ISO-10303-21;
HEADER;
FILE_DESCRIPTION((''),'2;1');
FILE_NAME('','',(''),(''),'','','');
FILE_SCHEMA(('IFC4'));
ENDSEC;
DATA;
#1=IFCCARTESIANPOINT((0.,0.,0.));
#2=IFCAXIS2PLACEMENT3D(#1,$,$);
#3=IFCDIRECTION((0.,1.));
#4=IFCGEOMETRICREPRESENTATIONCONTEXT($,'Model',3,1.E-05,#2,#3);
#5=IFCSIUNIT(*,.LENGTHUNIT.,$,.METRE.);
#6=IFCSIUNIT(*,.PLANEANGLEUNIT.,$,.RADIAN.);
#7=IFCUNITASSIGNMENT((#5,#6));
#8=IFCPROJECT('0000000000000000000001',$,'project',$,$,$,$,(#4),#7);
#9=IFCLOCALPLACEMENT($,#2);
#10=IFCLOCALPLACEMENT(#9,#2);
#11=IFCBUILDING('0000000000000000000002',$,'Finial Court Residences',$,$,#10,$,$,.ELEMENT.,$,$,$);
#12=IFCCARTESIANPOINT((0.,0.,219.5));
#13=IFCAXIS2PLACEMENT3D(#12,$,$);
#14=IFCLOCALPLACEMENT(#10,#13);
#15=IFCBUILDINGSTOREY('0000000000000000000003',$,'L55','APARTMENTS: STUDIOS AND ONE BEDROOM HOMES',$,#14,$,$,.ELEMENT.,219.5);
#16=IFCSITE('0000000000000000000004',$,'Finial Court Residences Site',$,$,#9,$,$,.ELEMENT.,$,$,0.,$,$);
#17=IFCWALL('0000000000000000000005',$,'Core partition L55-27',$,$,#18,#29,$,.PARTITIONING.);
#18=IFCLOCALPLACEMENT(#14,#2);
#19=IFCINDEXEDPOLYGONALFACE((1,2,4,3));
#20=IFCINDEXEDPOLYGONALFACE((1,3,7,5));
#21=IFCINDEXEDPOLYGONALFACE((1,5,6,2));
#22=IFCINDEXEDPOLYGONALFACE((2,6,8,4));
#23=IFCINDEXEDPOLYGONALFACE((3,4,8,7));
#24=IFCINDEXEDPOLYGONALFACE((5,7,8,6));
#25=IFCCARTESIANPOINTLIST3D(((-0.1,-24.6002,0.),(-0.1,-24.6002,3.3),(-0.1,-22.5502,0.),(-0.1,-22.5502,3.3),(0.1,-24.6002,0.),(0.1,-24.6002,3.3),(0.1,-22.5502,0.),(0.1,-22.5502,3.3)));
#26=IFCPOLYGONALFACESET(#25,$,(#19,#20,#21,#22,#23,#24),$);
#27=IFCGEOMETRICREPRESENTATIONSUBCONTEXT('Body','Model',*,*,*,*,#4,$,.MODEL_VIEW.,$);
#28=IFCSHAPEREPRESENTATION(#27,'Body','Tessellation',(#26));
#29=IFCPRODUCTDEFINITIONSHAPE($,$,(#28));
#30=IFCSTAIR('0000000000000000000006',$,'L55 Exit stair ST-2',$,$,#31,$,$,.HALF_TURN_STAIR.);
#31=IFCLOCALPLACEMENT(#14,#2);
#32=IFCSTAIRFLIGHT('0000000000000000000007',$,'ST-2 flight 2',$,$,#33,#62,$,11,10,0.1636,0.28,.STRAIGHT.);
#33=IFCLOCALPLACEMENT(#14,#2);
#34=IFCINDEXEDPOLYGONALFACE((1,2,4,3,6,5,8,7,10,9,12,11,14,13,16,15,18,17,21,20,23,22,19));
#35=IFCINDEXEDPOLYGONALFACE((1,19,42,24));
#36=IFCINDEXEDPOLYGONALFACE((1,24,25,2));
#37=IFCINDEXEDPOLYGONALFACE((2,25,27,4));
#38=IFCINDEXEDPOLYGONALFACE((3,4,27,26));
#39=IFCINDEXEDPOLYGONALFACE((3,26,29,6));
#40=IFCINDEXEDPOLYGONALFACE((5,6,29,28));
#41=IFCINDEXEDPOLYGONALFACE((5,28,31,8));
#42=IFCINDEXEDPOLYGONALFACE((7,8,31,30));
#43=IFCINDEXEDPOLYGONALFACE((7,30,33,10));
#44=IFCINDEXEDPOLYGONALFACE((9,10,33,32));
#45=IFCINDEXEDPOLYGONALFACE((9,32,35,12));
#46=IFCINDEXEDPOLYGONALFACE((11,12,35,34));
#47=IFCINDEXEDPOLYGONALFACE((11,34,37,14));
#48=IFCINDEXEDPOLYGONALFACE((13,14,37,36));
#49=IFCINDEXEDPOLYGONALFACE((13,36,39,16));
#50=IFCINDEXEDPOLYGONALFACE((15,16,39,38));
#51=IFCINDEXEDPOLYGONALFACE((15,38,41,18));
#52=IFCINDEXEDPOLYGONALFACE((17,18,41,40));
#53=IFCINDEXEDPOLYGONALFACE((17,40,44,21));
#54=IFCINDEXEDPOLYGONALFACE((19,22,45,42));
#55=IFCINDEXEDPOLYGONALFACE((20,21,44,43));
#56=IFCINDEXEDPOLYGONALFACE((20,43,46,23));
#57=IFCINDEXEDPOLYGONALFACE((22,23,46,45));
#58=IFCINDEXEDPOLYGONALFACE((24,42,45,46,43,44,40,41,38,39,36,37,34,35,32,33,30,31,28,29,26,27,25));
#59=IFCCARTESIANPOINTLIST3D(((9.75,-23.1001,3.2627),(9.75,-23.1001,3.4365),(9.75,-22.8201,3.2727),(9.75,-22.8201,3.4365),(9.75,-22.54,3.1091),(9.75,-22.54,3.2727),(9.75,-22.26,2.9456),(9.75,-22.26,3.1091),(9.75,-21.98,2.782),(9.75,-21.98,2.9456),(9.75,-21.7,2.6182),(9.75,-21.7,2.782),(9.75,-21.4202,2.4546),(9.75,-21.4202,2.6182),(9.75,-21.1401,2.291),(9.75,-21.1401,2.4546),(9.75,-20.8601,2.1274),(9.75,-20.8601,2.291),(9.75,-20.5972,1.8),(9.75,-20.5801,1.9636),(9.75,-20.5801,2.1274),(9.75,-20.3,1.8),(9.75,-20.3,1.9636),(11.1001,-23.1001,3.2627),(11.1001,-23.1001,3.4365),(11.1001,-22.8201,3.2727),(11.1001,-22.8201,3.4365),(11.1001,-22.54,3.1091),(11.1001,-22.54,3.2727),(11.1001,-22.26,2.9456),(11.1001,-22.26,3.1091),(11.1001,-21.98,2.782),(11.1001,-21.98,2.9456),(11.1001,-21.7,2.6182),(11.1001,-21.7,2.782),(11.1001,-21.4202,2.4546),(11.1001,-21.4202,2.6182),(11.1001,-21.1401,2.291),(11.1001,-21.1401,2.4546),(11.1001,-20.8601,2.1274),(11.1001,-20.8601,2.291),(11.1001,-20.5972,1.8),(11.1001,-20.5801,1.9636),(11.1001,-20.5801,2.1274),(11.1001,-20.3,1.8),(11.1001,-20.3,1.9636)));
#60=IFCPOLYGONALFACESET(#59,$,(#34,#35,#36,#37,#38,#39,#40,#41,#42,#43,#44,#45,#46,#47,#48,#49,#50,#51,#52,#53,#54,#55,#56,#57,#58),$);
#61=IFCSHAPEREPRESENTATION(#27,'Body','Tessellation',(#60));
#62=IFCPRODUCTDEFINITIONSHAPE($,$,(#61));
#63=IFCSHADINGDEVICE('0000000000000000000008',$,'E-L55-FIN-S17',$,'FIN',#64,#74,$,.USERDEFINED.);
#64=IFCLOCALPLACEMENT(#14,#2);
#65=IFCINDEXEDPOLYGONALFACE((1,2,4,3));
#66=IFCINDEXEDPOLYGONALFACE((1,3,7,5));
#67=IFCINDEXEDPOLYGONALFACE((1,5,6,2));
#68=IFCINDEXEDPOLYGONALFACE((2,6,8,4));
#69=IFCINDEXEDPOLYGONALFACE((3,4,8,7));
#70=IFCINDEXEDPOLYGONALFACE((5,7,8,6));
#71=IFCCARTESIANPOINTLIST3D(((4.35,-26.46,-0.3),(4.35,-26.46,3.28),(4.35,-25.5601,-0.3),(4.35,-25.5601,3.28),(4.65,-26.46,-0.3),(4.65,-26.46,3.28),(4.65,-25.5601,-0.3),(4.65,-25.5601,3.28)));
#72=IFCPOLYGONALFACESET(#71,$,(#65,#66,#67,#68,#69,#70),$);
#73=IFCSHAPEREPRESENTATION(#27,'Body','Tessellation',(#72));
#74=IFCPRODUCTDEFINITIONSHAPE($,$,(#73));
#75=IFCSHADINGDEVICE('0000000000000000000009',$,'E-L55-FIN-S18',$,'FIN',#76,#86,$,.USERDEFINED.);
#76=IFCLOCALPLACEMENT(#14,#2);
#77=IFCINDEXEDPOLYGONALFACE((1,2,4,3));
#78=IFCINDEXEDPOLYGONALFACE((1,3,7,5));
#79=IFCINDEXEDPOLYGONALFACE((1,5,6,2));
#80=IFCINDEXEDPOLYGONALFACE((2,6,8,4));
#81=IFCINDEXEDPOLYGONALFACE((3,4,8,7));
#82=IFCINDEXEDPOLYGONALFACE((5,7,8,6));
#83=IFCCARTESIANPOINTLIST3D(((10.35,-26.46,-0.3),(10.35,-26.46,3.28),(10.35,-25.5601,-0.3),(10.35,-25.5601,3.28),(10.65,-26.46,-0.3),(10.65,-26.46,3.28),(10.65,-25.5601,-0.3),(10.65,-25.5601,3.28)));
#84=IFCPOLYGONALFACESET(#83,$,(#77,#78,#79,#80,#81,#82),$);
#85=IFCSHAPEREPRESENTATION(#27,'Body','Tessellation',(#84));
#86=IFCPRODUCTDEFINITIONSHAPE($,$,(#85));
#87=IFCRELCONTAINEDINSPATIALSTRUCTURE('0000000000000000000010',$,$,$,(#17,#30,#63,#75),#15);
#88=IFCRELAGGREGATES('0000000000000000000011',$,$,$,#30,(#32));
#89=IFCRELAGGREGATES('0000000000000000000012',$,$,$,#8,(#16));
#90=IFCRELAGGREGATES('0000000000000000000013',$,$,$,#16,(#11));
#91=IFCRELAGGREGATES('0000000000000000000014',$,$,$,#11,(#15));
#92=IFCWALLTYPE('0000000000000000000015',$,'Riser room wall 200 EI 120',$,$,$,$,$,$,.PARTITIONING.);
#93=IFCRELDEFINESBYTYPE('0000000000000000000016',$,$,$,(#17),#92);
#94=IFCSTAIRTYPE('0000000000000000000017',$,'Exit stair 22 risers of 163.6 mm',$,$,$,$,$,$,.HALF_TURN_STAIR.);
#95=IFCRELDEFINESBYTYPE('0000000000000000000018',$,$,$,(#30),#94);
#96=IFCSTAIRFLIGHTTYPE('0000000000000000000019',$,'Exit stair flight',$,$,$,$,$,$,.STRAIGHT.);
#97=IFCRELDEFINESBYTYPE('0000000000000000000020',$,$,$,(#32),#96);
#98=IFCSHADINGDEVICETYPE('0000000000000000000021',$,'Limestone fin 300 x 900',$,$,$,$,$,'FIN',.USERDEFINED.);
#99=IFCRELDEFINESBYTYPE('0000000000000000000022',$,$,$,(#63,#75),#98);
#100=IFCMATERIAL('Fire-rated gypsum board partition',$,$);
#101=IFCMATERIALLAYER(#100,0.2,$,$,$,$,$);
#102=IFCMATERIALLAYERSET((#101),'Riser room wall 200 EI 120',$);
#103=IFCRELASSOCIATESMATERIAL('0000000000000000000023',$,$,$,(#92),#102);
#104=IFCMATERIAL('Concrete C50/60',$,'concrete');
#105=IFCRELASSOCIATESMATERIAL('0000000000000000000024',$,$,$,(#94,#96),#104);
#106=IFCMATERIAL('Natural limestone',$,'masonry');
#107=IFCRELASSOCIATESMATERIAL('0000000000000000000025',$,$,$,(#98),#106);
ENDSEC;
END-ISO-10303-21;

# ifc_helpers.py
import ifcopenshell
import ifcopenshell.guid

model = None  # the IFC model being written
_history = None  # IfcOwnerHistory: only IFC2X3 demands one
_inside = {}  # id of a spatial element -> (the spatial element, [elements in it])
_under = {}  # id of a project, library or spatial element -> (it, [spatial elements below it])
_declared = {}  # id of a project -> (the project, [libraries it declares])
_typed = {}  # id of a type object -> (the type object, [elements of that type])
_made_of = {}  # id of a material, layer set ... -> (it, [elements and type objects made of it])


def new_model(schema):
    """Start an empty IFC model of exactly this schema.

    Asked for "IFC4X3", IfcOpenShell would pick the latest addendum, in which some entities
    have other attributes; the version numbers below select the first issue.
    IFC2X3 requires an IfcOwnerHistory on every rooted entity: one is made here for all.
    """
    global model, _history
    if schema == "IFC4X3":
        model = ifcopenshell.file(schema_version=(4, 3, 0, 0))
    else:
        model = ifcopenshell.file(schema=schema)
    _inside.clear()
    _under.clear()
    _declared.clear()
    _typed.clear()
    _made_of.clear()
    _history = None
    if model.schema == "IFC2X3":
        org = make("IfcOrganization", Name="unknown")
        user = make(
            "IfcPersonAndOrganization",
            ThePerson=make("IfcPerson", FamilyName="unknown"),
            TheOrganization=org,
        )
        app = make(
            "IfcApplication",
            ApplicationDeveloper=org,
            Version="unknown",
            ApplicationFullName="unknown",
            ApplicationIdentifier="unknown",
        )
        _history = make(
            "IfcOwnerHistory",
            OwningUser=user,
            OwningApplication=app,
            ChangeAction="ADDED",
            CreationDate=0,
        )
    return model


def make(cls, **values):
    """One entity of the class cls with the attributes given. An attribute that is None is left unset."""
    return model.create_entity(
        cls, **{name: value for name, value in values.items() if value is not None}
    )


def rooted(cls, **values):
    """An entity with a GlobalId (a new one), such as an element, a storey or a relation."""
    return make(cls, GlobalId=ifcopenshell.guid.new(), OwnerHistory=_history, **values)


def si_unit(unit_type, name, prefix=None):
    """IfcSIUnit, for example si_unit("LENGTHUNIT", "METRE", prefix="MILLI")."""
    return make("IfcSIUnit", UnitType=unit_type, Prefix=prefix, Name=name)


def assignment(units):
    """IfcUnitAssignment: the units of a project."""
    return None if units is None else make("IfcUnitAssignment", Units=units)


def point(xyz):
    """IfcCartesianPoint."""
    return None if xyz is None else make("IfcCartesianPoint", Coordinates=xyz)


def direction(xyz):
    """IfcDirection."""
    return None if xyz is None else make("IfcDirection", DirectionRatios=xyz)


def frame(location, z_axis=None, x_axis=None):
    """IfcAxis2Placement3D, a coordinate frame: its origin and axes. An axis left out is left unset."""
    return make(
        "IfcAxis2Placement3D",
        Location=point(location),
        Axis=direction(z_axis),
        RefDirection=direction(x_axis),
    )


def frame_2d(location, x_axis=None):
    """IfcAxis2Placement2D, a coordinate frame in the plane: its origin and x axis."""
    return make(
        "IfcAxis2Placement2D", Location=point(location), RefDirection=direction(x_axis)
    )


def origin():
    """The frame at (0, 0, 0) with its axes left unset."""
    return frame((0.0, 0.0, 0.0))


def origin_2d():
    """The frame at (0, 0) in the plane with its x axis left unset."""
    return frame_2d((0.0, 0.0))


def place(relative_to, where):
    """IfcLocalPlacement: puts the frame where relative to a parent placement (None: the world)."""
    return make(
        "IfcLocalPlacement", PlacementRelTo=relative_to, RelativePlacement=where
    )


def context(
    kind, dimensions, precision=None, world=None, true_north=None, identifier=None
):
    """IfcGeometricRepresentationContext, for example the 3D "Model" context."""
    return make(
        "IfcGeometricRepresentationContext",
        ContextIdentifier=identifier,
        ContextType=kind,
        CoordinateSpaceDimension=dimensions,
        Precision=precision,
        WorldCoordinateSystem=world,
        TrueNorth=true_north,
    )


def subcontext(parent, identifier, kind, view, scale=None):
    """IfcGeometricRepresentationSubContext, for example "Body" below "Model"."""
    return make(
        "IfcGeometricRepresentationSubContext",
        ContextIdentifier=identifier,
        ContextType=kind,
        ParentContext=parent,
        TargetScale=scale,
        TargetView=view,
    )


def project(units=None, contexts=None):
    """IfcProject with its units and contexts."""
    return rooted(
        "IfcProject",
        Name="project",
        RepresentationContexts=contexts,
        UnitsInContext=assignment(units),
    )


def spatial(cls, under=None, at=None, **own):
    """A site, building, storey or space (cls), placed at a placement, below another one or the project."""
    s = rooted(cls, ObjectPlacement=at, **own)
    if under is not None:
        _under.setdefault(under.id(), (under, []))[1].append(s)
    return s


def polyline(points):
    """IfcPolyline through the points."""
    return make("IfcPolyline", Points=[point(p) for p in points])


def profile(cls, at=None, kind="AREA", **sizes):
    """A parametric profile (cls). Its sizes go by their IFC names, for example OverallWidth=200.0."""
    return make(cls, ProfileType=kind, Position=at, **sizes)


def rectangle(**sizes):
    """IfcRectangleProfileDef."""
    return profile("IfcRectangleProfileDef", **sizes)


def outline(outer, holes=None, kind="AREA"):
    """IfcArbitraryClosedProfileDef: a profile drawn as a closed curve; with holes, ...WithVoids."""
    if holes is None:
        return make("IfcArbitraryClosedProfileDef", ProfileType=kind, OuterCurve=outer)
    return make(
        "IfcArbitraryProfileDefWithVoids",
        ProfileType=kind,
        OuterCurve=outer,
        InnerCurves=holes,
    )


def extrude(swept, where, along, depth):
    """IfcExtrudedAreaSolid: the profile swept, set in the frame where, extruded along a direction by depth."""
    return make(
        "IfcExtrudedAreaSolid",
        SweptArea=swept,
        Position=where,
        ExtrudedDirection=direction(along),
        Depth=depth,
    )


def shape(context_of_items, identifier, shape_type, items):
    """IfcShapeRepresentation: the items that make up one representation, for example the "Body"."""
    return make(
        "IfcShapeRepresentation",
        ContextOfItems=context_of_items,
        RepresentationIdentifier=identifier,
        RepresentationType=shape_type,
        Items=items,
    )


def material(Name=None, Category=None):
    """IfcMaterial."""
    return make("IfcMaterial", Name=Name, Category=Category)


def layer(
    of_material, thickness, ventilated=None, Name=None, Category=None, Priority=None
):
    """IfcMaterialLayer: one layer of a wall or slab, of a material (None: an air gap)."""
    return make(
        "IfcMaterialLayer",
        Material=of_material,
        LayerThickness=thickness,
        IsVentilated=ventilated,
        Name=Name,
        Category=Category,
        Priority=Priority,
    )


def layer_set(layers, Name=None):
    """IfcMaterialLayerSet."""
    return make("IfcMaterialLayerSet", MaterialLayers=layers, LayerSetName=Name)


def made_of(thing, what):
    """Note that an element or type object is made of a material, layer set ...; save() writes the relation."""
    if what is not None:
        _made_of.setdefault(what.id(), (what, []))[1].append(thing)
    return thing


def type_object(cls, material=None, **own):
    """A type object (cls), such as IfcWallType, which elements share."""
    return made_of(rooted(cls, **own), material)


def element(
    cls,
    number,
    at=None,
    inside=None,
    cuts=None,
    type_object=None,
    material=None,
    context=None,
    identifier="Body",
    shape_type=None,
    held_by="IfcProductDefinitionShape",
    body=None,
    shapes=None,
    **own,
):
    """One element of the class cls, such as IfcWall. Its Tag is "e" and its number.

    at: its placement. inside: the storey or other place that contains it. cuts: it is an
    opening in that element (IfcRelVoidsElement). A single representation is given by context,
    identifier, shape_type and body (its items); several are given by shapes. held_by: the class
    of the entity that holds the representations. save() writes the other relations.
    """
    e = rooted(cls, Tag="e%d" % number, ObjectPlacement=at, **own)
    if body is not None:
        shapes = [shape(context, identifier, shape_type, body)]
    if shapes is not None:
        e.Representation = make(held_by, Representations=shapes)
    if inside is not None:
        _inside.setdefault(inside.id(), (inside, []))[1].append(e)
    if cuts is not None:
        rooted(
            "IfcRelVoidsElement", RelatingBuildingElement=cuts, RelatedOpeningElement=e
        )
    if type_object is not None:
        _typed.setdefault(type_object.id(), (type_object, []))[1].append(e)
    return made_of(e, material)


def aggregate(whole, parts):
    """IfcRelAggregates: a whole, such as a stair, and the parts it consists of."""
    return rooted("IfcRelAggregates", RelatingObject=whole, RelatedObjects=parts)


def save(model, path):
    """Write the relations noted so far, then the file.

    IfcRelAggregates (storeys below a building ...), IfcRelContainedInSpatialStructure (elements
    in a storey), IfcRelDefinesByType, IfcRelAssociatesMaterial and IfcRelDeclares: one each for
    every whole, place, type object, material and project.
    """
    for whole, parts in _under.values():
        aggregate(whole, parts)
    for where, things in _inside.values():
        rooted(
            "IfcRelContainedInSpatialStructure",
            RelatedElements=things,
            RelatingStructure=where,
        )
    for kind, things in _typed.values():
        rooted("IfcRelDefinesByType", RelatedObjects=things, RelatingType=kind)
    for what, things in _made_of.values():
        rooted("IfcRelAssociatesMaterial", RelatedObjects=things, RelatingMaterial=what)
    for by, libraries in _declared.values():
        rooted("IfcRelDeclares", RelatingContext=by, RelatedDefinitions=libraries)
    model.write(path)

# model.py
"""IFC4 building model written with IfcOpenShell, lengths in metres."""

from ifc_helpers import new_model, si_unit, direction, frame, frame_2d, origin, origin_2d, place, context, subcontext, project, spatial, polyline, rectangle, outline, extrude, material, layer, layer_set, type_object, element, aggregate, save


model = new_model("IFC4")

# Units and contexts
model_context = context("Model", 3, precision=1e-05, world=origin(), true_north=direction((0.0, 1.0)))
body_context = subcontext(model_context, "Body", "Model", "MODEL_VIEW")
ifc_project = project(units=[si_unit("LENGTHUNIT", "METRE"), si_unit("PLANEANGLEUNIT", "RADIAN")], contexts=[model_context])

# Site, building, storey
site_placement = place(None, origin())
site = spatial("IfcSite", under=ifc_project, at=site_placement, Name="Finial Court Residences Site", CompositionType="ELEMENT", RefElevation=0.0)
building_placement = place(site_placement, origin())
building = spatial("IfcBuilding", under=site, at=building_placement, Name="Finial Court Residences", CompositionType="ELEMENT")
storey_placement = place(building_placement, frame((0.0, 0.0, 219.5)))
storey = spatial("IfcBuildingStorey", under=building, at=storey_placement, Name="L55", Description="APARTMENTS: STUDIOS AND ONE BEDROOM HOMES", CompositionType="ELEMENT", Elevation=219.5)

# Shared definitions
ifc_material_1 = material(Name="Fire-rated gypsum board partition")

# Wall
ifc_layer_1 = layer(ifc_material_1, 0.2)
ifc_layer_set_1 = layer_set([ifc_layer_1], Name="Riser room wall 200 EI 120")
wall_type_1 = type_object("IfcWallType", Name="Riser room wall 200 EI 120", PredefinedType="PARTITIONING", material=ifc_layer_set_1)
wall_1_placement = place(storey_placement, frame((0.0, -24.6001, 0.0), z_axis=(0.0, 0.0, 1.0), x_axis=(0.0, 1.0, 0.0)))
element("IfcWall", 1, at=wall_1_placement, inside=storey, type_object=wall_type_1, Name="Core partition L55-27", PredefinedType="PARTITIONING", context=body_context, shape_type="SweptSolid", body=[
    extrude(rectangle(XDim=2.05, YDim=0.2, at=frame_2d((1.0249, 0.0))), origin(), (0.0, 0.0, 1.0), 3.3),
])

# Stair, stair flight
ifc_material_2 = material(Name="Concrete C50/60", Category="concrete")
stair_type = type_object("IfcStairType", Name="Exit stair 22 risers of 163.6 mm", PredefinedType="HALF_TURN_STAIR", material=ifc_material_2)
stair_placement = place(storey_placement, origin())
stair = element("IfcStair", 2, at=stair_placement, inside=storey, type_object=stair_type, Name="L55 Exit stair ST-2", PredefinedType="HALF_TURN_STAIR")
stair_flight_type = type_object("IfcStairFlightType", Name="Exit stair flight", PredefinedType="STRAIGHT", material=ifc_material_2)
stair_flight_placement = place(storey_placement, frame((10.425, -20.3, 1.8), z_axis=(0.0, 0.0, 1.0), x_axis=(0.0, -1.0, 0.0)))
stair_flight = element("IfcStairFlight", 3, at=stair_flight_placement, type_object=stair_flight_type, Name="ST-2 flight 2", NumberOfRisers=11, NumberOfTreads=10, PredefinedType="STRAIGHT", RiserHeight=0.1636, TreadLength=0.28, context=body_context, shape_type="SweptSolid", body=[
    extrude(outline(polyline([(0.0, 0.0), (0.0, 0.1636), (0.28, 0.1636), (0.28, 0.3274), (0.5601, 0.3274), (0.5601, 0.491), (0.8401, 0.491), (0.8401, 0.6545), (1.1201, 0.6545), (1.1201, 0.8181), (1.3999, 0.8181), (1.3999, 0.9819), (1.6799, 0.9819), (1.6799, 1.1455), (1.96, 1.1455), (1.96, 1.3091), (2.24, 1.3091), (2.24, 1.4727), (2.52, 1.4727), (2.52, 1.6365), (2.8, 1.6365), (2.8, 1.8), (2.8, 1.4626), (0.2971, 0.0), (0.0, 0.0)])), frame((0.0, 0.675, 0.0), z_axis=(0.0, -1.0, 0.0), x_axis=(1.0, 0.0, 0.0)), (0.0, 0.0, 1.0), 1.3501),
])
aggregate(stair, [stair_flight])

# Shading devices
ifc_material_3 = material(Name="Natural limestone", Category="masonry")
shading_device_type = type_object("IfcShadingDeviceType", Name="Limestone fin 300 x 900", ElementType="FIN", PredefinedType="USERDEFINED", material=ifc_material_3)
for number, where, z_axis, x_axis, name in (
    (4, (4.5, -26.01, -0.3), (0.0, 0.0, 1.0), (1.0, 0.0, 0.0), "E-L55-FIN-S17"),
    (5, (10.5, -26.01, -0.3), (0.0, 0.0, 1.0), (1.0, 0.0, 0.0), "E-L55-FIN-S18"),
):
    element("IfcShadingDevice", number, at=place(storey_placement, frame(where, z_axis=z_axis, x_axis=x_axis)), inside=storey, type_object=shading_device_type, Name=name, ObjectType="FIN", PredefinedType="USERDEFINED", context=body_context, shape_type="SweptSolid", body=[
        extrude(rectangle(XDim=0.3, YDim=0.8999, at=origin_2d()), origin(), (0.0, 0.0, 1.0), 3.5801),
    ])

save(model, "model.ifc")
